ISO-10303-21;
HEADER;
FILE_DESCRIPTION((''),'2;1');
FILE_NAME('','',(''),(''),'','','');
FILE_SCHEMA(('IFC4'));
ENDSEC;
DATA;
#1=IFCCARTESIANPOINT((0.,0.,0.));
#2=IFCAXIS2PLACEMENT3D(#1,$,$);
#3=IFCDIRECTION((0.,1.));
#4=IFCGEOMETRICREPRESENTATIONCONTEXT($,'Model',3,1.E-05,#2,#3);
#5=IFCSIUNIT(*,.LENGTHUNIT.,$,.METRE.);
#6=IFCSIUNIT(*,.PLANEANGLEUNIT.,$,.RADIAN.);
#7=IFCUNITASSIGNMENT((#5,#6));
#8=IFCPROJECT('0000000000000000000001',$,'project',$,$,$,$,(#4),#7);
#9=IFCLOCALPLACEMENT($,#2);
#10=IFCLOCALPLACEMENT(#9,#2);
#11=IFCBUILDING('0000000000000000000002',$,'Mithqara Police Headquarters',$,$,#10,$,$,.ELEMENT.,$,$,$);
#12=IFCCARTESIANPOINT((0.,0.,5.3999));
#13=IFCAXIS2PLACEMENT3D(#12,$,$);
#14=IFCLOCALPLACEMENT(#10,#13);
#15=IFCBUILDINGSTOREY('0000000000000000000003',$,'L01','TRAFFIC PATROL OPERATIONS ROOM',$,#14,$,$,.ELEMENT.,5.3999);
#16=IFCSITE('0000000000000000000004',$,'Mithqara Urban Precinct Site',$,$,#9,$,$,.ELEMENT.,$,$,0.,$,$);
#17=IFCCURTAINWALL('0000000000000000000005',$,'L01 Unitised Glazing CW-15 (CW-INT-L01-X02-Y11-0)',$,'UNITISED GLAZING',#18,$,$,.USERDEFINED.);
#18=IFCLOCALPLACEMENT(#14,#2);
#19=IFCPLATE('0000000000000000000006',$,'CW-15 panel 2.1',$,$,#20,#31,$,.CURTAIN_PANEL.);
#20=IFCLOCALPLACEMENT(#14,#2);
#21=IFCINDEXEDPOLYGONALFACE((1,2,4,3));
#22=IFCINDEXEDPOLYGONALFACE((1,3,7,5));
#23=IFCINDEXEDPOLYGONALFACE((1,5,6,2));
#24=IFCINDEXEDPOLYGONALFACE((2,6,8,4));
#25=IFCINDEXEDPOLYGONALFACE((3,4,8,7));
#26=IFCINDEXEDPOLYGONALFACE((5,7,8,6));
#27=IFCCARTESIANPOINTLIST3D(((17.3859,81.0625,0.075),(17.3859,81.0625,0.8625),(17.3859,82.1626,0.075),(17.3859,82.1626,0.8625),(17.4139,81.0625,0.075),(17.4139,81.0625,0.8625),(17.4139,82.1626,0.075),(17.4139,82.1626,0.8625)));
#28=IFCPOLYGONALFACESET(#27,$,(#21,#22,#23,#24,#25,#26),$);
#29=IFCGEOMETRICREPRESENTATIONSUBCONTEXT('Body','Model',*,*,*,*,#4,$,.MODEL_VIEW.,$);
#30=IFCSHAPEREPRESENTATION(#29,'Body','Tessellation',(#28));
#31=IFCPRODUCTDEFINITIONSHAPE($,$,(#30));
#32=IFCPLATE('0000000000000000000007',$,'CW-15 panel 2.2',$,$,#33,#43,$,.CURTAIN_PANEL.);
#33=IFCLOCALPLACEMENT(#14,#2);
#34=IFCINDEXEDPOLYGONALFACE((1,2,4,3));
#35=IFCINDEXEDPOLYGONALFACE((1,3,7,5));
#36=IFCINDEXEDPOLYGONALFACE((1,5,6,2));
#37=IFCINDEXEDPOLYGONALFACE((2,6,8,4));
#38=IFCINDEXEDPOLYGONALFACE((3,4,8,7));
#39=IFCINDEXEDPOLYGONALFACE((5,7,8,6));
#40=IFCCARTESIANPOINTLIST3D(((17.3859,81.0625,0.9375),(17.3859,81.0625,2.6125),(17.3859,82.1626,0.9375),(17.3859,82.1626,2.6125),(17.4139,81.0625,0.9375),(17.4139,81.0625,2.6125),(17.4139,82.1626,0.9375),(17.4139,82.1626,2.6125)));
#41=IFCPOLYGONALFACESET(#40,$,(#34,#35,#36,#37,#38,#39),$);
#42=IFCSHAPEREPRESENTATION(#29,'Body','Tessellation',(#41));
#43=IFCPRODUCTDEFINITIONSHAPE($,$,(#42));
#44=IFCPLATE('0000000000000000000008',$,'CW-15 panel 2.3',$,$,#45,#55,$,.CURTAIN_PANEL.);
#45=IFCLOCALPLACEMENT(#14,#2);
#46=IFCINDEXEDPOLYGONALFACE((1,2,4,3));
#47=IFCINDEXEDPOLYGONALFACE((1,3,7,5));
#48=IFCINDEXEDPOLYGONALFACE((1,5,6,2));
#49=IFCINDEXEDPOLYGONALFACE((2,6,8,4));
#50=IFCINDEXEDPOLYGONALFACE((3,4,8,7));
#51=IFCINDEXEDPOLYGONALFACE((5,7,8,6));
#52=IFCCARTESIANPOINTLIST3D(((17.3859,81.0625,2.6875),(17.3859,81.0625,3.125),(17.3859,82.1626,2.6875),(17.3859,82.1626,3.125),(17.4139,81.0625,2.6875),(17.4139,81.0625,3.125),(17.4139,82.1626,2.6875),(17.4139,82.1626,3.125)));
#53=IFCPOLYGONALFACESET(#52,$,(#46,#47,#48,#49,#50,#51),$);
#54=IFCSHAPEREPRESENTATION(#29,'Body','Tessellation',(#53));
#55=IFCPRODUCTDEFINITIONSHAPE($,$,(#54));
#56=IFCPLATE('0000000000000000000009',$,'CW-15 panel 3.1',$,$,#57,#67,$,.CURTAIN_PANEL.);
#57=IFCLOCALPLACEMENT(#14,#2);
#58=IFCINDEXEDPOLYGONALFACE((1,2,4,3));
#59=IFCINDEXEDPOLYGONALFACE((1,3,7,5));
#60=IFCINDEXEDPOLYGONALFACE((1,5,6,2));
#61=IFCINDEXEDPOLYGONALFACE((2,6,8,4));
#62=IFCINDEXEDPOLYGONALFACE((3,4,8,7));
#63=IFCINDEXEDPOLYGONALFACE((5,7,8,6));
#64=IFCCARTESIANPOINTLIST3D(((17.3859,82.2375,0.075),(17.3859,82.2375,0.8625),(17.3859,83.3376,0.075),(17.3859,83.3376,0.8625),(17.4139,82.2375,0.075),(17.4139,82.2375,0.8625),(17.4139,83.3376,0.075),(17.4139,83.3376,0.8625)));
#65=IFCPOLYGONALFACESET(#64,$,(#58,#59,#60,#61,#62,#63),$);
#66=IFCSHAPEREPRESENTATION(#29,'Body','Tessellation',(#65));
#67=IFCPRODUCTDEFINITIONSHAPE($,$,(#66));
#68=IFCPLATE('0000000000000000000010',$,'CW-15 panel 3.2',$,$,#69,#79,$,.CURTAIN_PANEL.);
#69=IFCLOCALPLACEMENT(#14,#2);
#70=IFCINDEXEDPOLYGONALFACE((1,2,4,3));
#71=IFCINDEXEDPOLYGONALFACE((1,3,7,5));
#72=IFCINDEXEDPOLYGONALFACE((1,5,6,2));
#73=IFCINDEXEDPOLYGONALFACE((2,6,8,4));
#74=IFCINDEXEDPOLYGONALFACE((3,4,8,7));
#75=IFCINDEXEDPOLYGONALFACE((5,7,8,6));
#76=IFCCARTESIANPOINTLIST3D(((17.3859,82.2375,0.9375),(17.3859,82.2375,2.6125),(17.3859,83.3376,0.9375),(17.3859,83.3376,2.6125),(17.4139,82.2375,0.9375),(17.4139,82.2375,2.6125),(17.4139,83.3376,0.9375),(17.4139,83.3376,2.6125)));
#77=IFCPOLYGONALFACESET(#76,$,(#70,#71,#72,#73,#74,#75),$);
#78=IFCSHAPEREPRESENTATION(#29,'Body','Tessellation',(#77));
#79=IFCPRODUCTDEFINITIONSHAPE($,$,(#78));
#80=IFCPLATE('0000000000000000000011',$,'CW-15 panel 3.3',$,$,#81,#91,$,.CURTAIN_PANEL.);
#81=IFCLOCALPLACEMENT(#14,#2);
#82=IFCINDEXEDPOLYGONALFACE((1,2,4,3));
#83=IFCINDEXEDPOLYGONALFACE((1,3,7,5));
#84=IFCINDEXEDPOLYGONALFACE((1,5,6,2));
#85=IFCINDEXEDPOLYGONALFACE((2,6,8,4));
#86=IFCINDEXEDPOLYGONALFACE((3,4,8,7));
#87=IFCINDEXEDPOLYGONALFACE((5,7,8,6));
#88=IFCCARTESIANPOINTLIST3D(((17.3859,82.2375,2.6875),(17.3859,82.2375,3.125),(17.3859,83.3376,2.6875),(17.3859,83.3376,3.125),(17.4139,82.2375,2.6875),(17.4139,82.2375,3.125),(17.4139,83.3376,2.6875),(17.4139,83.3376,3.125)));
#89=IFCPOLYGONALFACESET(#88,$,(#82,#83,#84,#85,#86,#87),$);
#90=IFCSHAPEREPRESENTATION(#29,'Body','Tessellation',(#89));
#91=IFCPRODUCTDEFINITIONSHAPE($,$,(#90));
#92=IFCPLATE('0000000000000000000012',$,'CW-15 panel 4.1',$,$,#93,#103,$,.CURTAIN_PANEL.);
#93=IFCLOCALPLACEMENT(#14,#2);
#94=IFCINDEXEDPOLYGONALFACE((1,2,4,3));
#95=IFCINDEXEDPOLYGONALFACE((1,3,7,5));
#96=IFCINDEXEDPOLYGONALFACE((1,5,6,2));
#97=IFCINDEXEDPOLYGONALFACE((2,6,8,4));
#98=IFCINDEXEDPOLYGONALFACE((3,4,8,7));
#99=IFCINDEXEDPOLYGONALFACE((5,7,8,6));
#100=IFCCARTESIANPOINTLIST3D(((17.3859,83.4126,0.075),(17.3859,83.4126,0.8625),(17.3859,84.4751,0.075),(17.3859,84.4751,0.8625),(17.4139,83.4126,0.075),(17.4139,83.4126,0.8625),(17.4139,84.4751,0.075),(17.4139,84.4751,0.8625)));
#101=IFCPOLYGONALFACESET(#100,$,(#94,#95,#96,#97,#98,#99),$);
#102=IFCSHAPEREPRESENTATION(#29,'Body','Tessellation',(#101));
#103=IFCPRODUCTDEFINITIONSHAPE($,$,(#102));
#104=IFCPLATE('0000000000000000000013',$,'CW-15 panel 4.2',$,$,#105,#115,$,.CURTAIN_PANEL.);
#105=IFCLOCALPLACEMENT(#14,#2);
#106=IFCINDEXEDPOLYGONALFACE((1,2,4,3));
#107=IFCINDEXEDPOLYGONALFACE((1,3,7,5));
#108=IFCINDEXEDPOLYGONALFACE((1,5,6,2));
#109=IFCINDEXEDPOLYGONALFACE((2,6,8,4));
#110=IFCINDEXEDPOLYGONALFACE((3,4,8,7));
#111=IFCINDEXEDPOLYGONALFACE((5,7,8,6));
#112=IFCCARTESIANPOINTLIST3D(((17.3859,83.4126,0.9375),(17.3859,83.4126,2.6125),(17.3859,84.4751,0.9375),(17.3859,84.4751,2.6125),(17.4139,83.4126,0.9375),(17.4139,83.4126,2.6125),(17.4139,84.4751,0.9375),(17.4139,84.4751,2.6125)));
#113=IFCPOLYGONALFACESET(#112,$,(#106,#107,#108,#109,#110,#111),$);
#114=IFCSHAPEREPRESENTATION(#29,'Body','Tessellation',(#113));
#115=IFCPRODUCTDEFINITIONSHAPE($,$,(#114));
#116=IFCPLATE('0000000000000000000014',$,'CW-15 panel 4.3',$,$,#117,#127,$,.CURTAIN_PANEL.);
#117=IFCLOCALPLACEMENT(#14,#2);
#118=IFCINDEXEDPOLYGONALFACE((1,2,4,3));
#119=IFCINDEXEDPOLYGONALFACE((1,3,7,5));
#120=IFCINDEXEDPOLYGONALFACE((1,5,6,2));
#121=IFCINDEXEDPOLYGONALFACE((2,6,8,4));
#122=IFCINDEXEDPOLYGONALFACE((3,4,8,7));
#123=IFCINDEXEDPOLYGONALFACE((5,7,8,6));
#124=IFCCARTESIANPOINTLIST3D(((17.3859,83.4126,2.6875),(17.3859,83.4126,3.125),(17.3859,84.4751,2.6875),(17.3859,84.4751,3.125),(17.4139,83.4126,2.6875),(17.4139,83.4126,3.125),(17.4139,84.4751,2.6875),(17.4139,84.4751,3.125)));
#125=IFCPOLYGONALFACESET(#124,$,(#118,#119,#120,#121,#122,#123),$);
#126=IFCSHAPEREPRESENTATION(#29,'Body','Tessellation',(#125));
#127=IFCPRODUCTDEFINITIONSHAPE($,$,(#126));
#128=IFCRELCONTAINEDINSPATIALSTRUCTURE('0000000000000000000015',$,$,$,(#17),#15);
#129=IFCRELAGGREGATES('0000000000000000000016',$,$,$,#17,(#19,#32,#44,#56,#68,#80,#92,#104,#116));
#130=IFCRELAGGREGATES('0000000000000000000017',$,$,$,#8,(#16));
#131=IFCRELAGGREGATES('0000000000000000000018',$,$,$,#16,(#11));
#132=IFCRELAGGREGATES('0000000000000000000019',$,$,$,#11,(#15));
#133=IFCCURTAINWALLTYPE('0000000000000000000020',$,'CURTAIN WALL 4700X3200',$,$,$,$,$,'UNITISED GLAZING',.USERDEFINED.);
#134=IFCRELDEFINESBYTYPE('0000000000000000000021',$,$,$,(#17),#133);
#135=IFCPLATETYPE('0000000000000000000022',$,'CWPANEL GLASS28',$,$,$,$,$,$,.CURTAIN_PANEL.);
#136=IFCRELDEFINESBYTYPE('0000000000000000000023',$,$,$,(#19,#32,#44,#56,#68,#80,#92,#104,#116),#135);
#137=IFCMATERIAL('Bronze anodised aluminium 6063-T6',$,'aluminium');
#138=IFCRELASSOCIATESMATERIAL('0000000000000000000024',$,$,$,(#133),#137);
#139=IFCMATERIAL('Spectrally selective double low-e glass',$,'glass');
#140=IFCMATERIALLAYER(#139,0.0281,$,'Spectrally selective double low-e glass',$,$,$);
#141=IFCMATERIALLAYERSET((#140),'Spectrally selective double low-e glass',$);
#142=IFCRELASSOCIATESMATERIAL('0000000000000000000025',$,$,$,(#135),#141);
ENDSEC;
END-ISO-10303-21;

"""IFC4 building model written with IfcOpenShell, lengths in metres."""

from ifc_helpers import new_model, si_unit, direction, frame, origin, origin_2d, place, context, subcontext, project, spatial, rectangle, extrude, material, layer, layer_set, type_object, element, aggregate, save


model = new_model("IFC4")

# Units and contexts
model_context = context("Model", 3, precision=1e-05, world=origin(), true_north=direction((0.0, 1.0)))
body_context = subcontext(model_context, "Body", "Model", "MODEL_VIEW")
ifc_project = project(units=[si_unit("LENGTHUNIT", "METRE"), si_unit("PLANEANGLEUNIT", "RADIAN")], contexts=[model_context])

# Site, building, storey
site_placement = place(None, origin())
site = spatial("IfcSite", under=ifc_project, at=site_placement, Name="Mithqara Urban Precinct Site", CompositionType="ELEMENT", RefElevation=0.0)
building_placement = place(site_placement, origin())
building = spatial("IfcBuilding", under=site, at=building_placement, Name="Mithqara Police Headquarters", CompositionType="ELEMENT")
storey_placement = place(building_placement, frame((0.0, 0.0, 5.3999)))
storey = spatial("IfcBuildingStorey", under=building, at=storey_placement, Name="L01", Description="TRAFFIC PATROL OPERATIONS ROOM", CompositionType="ELEMENT", Elevation=5.3999)

# Curtain wall, plates
ifc_material_1 = material(Name="Bronze anodised aluminium 6063-T6", Category="aluminium")
curtain_wall_type = type_object("IfcCurtainWallType", Name="CURTAIN WALL 4700X3200", ElementType="UNITISED GLAZING", PredefinedType="USERDEFINED", material=ifc_material_1)
curtain_wall_placement = place(storey_placement, origin())
curtain_wall = element("IfcCurtainWall", 1, at=curtain_wall_placement, inside=storey, type_object=curtain_wall_type, Name="L01 Unitised Glazing CW-15 (CW-INT-L01-X02-Y11-0)", ObjectType="UNITISED GLAZING", PredefinedType="USERDEFINED")
ifc_material_2 = material(Name="Spectrally selective double low-e glass", Category="glass")
ifc_layer = layer(ifc_material_2, 0.0281, Name="Spectrally selective double low-e glass")
ifc_layer_set = layer_set([ifc_layer], Name="Spectrally selective double low-e glass")
plate_type = type_object("IfcPlateType", Name="CWPANEL GLASS28", PredefinedType="CURTAIN_PANEL", material=ifc_layer_set)
plate_1_placement = place(storey_placement, frame((17.3999, 81.6125, 0.075), z_axis=(0.0, 0.0, 1.0), x_axis=(0.0, 1.0, 0.0)))
plate_1 = element("IfcPlate", 2, at=plate_1_placement, type_object=plate_type, Name="CW-15 panel 2.1", PredefinedType="CURTAIN_PANEL", context=body_context, shape_type="SweptSolid", body=[
    extrude(rectangle(XDim=1.1001, YDim=0.0281, at=origin_2d()), origin(), (0.0, 0.0, 1.0), 0.7876),
])
plate_2_placement = place(storey_placement, frame((17.3999, 81.6125, 0.9375), z_axis=(0.0, 0.0, 1.0), x_axis=(0.0, 1.0, 0.0)))
plate_2 = element("IfcPlate", 3, at=plate_2_placement, type_object=plate_type, Name="CW-15 panel 2.2", PredefinedType="CURTAIN_PANEL", context=body_context, shape_type="SweptSolid", body=[
    extrude(rectangle(XDim=1.1001, YDim=0.0281, at=origin_2d()), origin(), (0.0, 0.0, 1.0), 1.675),
])
plate_3_placement = place(storey_placement, frame((17.3999, 81.6125, 2.6875), z_axis=(0.0, 0.0, 1.0), x_axis=(0.0, 1.0, 0.0)))
plate_3 = element("IfcPlate", 4, at=plate_3_placement, type_object=plate_type, Name="CW-15 panel 2.3", PredefinedType="CURTAIN_PANEL", context=body_context, shape_type="SweptSolid", body=[
    extrude(rectangle(XDim=1.1001, YDim=0.0281, at=origin_2d()), origin(), (0.0, 0.0, 1.0), 0.4375),
])
plate_4_placement = place(storey_placement, frame((17.3999, 82.7876, 0.075), z_axis=(0.0, 0.0, 1.0), x_axis=(0.0, 1.0, 0.0)))
plate_4 = element("IfcPlate", 5, at=plate_4_placement, type_object=plate_type, Name="CW-15 panel 3.1", PredefinedType="CURTAIN_PANEL", context=body_context, shape_type="SweptSolid", body=[
    extrude(rectangle(XDim=1.1001, YDim=0.0281, at=origin_2d()), origin(), (0.0, 0.0, 1.0), 0.7876),
])
plate_5_placement = place(storey_placement, frame((17.3999, 82.7876, 0.9375), z_axis=(0.0, 0.0, 1.0), x_axis=(0.0, 1.0, 0.0)))
plate_5 = element("IfcPlate", 6, at=plate_5_placement, type_object=plate_type, Name="CW-15 panel 3.2", PredefinedType="CURTAIN_PANEL", context=body_context, shape_type="SweptSolid", body=[
    extrude(rectangle(XDim=1.1001, YDim=0.0281, at=origin_2d()), origin(), (0.0, 0.0, 1.0), 1.675),
])
plate_6_placement = place(storey_placement, frame((17.3999, 82.7876, 2.6875), z_axis=(0.0, 0.0, 1.0), x_axis=(0.0, 1.0, 0.0)))
plate_6 = element("IfcPlate", 7, at=plate_6_placement, type_object=plate_type, Name="CW-15 panel 3.3", PredefinedType="CURTAIN_PANEL", context=body_context, shape_type="SweptSolid", body=[
    extrude(rectangle(XDim=1.1001, YDim=0.0281, at=origin_2d()), origin(), (0.0, 0.0, 1.0), 0.4375),
])
plate_7_placement = place(storey_placement, frame((17.3999, 83.9438, 0.075), z_axis=(0.0, 0.0, 1.0), x_axis=(0.0, 1.0, 0.0)))
plate_7 = element("IfcPlate", 8, at=plate_7_placement, type_object=plate_type, Name="CW-15 panel 4.1", PredefinedType="CURTAIN_PANEL", context=body_context, shape_type="SweptSolid", body=[
    extrude(rectangle(XDim=1.0625, YDim=0.0281, at=origin_2d()), origin(), (0.0, 0.0, 1.0), 0.7876),
])
plate_8_placement = place(storey_placement, frame((17.3999, 83.9438, 0.9375), z_axis=(0.0, 0.0, 1.0), x_axis=(0.0, 1.0, 0.0)))
plate_8 = element("IfcPlate", 9, at=plate_8_placement, type_object=plate_type, Name="CW-15 panel 4.2", PredefinedType="CURTAIN_PANEL", context=body_context, shape_type="SweptSolid", body=[
    extrude(rectangle(XDim=1.0625, YDim=0.0281, at=origin_2d()), origin(), (0.0, 0.0, 1.0), 1.675),
])
plate_9_placement = place(storey_placement, frame((17.3999, 83.9438, 2.6875), z_axis=(0.0, 0.0, 1.0), x_axis=(0.0, 1.0, 0.0)))
plate_9 = element("IfcPlate", 10, at=plate_9_placement, type_object=plate_type, Name="CW-15 panel 4.3", PredefinedType="CURTAIN_PANEL", context=body_context, shape_type="SweptSolid", body=[
    extrude(rectangle(XDim=1.0625, YDim=0.0281, at=origin_2d()), origin(), (0.0, 0.0, 1.0), 0.4375),
])
aggregate(curtain_wall, [plate_1, plate_2, plate_3, plate_4, plate_5, plate_6, plate_7, plate_8, plate_9])

save(model, "model.ifc")
